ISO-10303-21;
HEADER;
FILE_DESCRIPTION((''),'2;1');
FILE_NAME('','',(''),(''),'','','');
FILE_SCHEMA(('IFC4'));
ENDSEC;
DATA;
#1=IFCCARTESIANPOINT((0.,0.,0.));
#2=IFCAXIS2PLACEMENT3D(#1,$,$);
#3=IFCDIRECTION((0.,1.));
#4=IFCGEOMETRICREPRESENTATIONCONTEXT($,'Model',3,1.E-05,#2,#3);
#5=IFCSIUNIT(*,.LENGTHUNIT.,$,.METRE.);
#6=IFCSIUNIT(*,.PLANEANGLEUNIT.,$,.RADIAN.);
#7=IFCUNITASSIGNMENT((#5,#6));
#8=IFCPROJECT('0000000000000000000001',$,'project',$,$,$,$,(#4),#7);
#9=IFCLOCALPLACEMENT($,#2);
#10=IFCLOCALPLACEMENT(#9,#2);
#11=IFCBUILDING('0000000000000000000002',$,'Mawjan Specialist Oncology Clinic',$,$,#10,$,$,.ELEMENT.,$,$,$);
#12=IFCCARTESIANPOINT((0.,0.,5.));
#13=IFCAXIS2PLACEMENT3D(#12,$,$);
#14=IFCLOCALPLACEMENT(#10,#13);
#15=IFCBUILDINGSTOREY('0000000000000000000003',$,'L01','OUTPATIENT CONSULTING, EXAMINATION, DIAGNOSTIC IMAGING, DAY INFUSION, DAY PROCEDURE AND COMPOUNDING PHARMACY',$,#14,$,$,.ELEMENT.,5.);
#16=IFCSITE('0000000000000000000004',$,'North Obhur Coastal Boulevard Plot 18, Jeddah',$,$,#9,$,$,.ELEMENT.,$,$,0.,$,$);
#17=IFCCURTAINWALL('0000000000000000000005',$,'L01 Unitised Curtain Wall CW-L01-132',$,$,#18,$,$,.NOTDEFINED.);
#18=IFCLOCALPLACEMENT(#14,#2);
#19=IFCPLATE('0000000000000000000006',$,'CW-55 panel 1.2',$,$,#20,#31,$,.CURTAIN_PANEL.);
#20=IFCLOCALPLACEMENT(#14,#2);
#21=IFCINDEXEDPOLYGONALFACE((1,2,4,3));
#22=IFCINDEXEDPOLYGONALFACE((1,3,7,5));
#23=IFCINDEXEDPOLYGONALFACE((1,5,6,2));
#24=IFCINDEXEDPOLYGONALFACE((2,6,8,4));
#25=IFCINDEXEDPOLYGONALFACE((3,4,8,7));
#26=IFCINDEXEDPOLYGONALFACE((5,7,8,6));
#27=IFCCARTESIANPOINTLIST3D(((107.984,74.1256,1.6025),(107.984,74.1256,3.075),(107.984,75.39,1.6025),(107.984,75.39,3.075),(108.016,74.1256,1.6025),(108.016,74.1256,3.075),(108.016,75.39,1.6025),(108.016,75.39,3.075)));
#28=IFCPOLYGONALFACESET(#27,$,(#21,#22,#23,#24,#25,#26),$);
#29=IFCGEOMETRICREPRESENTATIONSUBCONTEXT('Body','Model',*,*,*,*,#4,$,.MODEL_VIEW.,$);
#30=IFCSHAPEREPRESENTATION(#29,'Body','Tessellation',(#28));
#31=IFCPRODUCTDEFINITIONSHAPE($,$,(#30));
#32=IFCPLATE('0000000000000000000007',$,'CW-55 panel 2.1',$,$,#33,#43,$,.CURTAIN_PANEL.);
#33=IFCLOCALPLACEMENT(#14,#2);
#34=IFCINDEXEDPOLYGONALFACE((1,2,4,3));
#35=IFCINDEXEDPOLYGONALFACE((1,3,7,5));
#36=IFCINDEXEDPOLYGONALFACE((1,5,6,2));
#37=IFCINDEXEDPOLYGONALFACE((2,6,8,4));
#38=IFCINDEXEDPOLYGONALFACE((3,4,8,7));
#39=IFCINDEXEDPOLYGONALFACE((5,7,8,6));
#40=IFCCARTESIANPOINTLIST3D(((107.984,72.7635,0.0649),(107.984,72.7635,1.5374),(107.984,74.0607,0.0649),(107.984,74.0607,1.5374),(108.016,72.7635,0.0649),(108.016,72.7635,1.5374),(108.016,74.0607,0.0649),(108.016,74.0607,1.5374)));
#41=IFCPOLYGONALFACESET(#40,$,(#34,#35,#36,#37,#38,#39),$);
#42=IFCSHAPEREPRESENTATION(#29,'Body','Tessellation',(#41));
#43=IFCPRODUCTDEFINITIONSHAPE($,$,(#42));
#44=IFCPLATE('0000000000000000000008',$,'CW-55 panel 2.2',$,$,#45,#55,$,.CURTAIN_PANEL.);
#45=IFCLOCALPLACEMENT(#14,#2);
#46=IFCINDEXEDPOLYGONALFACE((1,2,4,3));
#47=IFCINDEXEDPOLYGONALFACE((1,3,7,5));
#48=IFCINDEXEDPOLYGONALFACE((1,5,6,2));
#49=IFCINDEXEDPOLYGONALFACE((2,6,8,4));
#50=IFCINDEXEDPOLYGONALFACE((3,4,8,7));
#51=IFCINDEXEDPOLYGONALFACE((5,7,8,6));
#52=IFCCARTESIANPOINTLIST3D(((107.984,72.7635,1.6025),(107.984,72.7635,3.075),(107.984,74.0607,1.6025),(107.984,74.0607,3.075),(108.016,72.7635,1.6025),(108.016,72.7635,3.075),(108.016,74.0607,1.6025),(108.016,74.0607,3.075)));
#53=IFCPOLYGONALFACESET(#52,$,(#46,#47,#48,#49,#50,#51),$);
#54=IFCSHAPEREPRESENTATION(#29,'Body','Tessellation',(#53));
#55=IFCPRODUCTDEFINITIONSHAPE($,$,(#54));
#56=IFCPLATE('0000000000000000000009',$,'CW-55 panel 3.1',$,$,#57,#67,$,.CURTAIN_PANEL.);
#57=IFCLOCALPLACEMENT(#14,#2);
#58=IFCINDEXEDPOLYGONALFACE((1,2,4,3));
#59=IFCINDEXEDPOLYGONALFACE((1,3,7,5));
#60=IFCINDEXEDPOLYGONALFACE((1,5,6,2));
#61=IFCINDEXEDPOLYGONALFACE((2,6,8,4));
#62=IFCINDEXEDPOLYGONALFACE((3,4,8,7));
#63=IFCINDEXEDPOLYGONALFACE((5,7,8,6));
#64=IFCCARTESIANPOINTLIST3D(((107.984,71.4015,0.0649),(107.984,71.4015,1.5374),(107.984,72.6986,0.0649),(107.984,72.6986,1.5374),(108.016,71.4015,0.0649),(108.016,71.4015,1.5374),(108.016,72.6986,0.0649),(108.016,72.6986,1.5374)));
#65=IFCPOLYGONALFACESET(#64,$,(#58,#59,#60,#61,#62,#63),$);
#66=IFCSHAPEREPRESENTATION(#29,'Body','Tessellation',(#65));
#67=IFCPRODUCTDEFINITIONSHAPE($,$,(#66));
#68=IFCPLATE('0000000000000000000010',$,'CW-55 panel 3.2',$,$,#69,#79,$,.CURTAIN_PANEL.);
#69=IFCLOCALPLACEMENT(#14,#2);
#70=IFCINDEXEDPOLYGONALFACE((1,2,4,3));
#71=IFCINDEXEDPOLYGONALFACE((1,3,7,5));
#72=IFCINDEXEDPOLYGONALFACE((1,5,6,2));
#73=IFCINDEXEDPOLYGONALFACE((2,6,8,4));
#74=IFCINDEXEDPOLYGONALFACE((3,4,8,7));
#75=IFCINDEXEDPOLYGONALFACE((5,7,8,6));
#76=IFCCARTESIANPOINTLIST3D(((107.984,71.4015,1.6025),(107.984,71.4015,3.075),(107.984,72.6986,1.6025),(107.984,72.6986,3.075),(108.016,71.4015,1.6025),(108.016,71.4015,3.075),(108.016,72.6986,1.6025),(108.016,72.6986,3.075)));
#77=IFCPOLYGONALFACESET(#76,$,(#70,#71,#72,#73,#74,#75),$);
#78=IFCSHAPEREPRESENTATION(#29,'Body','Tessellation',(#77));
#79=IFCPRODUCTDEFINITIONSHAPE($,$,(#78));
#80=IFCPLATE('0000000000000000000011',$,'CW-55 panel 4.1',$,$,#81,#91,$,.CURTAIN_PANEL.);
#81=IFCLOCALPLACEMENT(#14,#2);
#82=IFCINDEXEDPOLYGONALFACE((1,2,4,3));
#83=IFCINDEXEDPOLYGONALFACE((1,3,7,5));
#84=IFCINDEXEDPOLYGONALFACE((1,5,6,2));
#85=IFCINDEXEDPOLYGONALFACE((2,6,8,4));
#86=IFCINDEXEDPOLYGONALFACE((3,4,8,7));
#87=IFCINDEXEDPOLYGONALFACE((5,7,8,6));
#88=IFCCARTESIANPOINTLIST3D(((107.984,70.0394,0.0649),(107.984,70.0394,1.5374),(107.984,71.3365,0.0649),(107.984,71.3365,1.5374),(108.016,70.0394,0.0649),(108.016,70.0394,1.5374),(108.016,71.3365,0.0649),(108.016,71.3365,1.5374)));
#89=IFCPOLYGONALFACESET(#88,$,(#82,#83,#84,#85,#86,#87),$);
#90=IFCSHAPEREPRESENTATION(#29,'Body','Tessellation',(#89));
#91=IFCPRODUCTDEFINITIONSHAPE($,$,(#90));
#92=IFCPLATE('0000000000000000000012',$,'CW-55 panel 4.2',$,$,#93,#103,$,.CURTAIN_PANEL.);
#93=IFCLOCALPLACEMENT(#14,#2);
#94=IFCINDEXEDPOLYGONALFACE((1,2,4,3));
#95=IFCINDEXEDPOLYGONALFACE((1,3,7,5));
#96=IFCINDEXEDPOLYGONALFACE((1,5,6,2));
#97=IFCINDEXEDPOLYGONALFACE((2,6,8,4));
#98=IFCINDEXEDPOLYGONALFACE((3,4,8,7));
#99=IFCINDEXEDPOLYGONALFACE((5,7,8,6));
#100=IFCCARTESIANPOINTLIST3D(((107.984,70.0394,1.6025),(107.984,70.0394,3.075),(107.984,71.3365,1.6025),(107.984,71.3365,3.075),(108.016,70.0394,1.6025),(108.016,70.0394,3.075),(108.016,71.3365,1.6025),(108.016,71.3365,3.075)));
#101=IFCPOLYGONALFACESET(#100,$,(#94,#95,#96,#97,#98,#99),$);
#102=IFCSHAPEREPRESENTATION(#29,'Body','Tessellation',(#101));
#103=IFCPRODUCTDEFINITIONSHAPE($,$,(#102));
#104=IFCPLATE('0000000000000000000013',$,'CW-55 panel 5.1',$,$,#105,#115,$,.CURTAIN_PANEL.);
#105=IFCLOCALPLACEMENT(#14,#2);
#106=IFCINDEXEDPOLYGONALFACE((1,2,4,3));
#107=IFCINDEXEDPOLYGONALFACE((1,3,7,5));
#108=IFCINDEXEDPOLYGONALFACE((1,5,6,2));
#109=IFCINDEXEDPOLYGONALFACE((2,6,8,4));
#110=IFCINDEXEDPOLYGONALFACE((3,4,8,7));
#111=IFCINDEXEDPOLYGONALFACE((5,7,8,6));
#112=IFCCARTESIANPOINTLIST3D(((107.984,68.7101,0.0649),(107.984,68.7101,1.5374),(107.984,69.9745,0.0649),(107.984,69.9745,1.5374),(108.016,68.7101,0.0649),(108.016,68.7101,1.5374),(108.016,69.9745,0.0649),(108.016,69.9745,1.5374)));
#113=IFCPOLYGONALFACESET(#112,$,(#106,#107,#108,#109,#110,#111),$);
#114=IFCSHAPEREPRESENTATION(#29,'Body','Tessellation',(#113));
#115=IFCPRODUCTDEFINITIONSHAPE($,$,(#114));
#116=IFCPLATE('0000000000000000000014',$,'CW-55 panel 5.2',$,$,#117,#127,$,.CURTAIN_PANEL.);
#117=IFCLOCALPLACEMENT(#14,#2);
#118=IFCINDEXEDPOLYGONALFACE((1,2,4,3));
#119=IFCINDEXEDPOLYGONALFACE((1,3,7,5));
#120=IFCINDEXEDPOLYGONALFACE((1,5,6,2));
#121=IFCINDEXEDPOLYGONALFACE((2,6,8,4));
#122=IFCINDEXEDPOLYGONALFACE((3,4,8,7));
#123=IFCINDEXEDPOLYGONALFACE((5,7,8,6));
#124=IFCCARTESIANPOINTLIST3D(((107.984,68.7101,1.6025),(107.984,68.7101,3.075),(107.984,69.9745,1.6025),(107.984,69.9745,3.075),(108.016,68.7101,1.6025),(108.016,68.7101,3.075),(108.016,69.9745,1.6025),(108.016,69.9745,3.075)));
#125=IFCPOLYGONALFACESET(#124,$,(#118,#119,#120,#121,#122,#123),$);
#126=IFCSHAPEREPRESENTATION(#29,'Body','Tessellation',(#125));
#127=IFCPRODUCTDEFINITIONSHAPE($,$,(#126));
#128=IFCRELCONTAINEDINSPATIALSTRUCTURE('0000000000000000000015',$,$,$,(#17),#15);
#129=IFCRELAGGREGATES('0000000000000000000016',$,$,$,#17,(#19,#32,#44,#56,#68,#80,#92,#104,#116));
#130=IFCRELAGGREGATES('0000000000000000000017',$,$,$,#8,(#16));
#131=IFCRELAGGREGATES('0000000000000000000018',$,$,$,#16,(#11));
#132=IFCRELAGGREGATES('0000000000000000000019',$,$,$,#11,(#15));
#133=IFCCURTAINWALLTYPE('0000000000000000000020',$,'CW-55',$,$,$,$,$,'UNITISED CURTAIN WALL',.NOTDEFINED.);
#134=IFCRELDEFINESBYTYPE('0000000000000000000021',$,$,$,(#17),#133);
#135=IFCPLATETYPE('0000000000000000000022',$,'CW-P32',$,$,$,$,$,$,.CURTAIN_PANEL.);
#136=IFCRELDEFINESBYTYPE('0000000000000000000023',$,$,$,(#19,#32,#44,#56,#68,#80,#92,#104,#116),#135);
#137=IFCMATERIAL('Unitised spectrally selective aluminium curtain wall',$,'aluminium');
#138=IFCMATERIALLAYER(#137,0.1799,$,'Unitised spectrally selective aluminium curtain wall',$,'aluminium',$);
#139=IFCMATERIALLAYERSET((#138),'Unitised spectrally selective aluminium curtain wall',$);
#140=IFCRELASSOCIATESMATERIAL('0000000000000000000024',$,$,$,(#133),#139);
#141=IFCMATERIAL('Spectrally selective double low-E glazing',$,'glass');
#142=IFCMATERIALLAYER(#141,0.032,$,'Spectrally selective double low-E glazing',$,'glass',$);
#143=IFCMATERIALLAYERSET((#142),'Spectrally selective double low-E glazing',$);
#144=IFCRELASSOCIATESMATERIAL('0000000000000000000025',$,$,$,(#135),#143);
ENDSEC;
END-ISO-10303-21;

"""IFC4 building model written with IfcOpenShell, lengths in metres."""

from ifc_helpers import new_model, si_unit, direction, frame, origin, origin_2d, place, context, subcontext, project, spatial, rectangle, extrude, material, layer, layer_set, type_object, element, aggregate, save


model = new_model("IFC4")

# Units and contexts
model_context = context("Model", 3, precision=1e-05, world=origin(), true_north=direction((0.0, 1.0)))
body_context = subcontext(model_context, "Body", "Model", "MODEL_VIEW")
ifc_project = project(units=[si_unit("LENGTHUNIT", "METRE"), si_unit("PLANEANGLEUNIT", "RADIAN")], contexts=[model_context])

# Site, building, storey
site_placement = place(None, origin())
site = spatial("IfcSite", under=ifc_project, at=site_placement, Name="North Obhur Coastal Boulevard Plot 18, Jeddah", CompositionType="ELEMENT", RefElevation=0.0)
building_placement = place(site_placement, origin())
building = spatial("IfcBuilding", under=site, at=building_placement, Name="Mawjan Specialist Oncology Clinic", CompositionType="ELEMENT")
storey_placement = place(building_placement, frame((0.0, 0.0, 5.0)))
storey = spatial("IfcBuildingStorey", under=building, at=storey_placement, Name="L01", Description="OUTPATIENT CONSULTING, EXAMINATION, DIAGNOSTIC IMAGING, DAY INFUSION, DAY PROCEDURE AND COMPOUNDING PHARMACY", CompositionType="ELEMENT", Elevation=5.0)

# Curtain wall, plates
ifc_material_1 = material(Name="Unitised spectrally selective aluminium curtain wall", Category="aluminium")
ifc_layer_1 = layer(ifc_material_1, 0.1799, Name="Unitised spectrally selective aluminium curtain wall", Category="aluminium")
ifc_layer_set_1 = layer_set([ifc_layer_1], Name="Unitised spectrally selective aluminium curtain wall")
curtain_wall_type = type_object("IfcCurtainWallType", Name="CW-55", ElementType="UNITISED CURTAIN WALL", PredefinedType="NOTDEFINED", material=ifc_layer_set_1)
curtain_wall_placement = place(storey_placement, origin())
curtain_wall = element("IfcCurtainWall", 1, at=curtain_wall_placement, inside=storey, type_object=curtain_wall_type, Name="L01 Unitised Curtain Wall CW-L01-132", PredefinedType="NOTDEFINED")
ifc_material_2 = material(Name="Spectrally selective double low-E glazing", Category="glass")
ifc_layer_2 = layer(ifc_material_2, 0.032, Name="Spectrally selective double low-E glazing", Category="glass")
ifc_layer_set_2 = layer_set([ifc_layer_2], Name="Spectrally selective double low-E glazing")
plate_type = type_object("IfcPlateType", Name="CW-P32", PredefinedType="CURTAIN_PANEL", material=ifc_layer_set_2)
plate_1_placement = place(storey_placement, frame((108.0, 74.7578, 1.6025), z_axis=(0.0, 0.0, 1.0), x_axis=(0.0, -1.0, 0.0)))
plate_1 = element("IfcPlate", 2, at=plate_1_placement, type_object=plate_type, Name="CW-55 panel 1.2", PredefinedType="CURTAIN_PANEL", context=body_context, shape_type="SweptSolid", body=[
    extrude(rectangle(XDim=1.2644, YDim=0.032, at=origin_2d()), origin(), (0.0, 0.0, 1.0), 1.4724),
])
plate_2_placement = place(storey_placement, frame((108.0, 73.4121, 0.0649), z_axis=(0.0, 0.0, 1.0), x_axis=(0.0, -1.0, 0.0)))
plate_2 = element("IfcPlate", 3, at=plate_2_placement, type_object=plate_type, Name="CW-55 panel 2.1", PredefinedType="CURTAIN_PANEL", context=body_context, shape_type="SweptSolid", body=[
    extrude(rectangle(XDim=1.2971, YDim=0.032, at=origin_2d()), origin(), (0.0, 0.0, 1.0), 1.4724),
])
plate_3_placement = place(storey_placement, frame((108.0, 73.4121, 1.6025), z_axis=(0.0, 0.0, 1.0), x_axis=(0.0, -1.0, 0.0)))
plate_3 = element("IfcPlate", 4, at=plate_3_placement, type_object=plate_type, Name="CW-55 panel 2.2", PredefinedType="CURTAIN_PANEL", context=body_context, shape_type="SweptSolid", body=[
    extrude(rectangle(XDim=1.2971, YDim=0.032, at=origin_2d()), origin(), (0.0, 0.0, 1.0), 1.4724),
])
plate_4_placement = place(storey_placement, frame((108.0, 72.05, 0.0649), z_axis=(0.0, 0.0, 1.0), x_axis=(0.0, -1.0, 0.0)))
plate_4 = element("IfcPlate", 5, at=plate_4_placement, type_object=plate_type, Name="CW-55 panel 3.1", PredefinedType="CURTAIN_PANEL", context=body_context, shape_type="SweptSolid", body=[
    extrude(rectangle(XDim=1.2971, YDim=0.032, at=origin_2d()), origin(), (0.0, 0.0, 1.0), 1.4724),
])
plate_5_placement = place(storey_placement, frame((108.0, 72.05, 1.6025), z_axis=(0.0, 0.0, 1.0), x_axis=(0.0, -1.0, 0.0)))
plate_5 = element("IfcPlate", 6, at=plate_5_placement, type_object=plate_type, Name="CW-55 panel 3.2", PredefinedType="CURTAIN_PANEL", context=body_context, shape_type="SweptSolid", body=[
    extrude(rectangle(XDim=1.2971, YDim=0.032, at=origin_2d()), origin(), (0.0, 0.0, 1.0), 1.4724),
])
plate_6_placement = place(storey_placement, frame((108.0, 70.688, 0.0649), z_axis=(0.0, 0.0, 1.0), x_axis=(0.0, -1.0, 0.0)))
plate_6 = element("IfcPlate", 7, at=plate_6_placement, type_object=plate_type, Name="CW-55 panel 4.1", PredefinedType="CURTAIN_PANEL", context=body_context, shape_type="SweptSolid", body=[
    extrude(rectangle(XDim=1.2971, YDim=0.032, at=origin_2d()), origin(), (0.0, 0.0, 1.0), 1.4724),
])
plate_7_placement = place(storey_placement, frame((108.0, 70.688, 1.6025), z_axis=(0.0, 0.0, 1.0), x_axis=(0.0, -1.0, 0.0)))
plate_7 = element("IfcPlate", 8, at=plate_7_placement, type_object=plate_type, Name="CW-55 panel 4.2", PredefinedType="CURTAIN_PANEL", context=body_context, shape_type="SweptSolid", body=[
    extrude(rectangle(XDim=1.2971, YDim=0.032, at=origin_2d()), origin(), (0.0, 0.0, 1.0), 1.4724),
])
plate_8_placement = place(storey_placement, frame((108.0, 69.3423, 0.0649), z_axis=(0.0, 0.0, 1.0), x_axis=(0.0, -1.0, 0.0)))
plate_8 = element("IfcPlate", 9, at=plate_8_placement, type_object=plate_type, Name="CW-55 panel 5.1", PredefinedType="CURTAIN_PANEL", context=body_context, shape_type="SweptSolid", body=[
    extrude(rectangle(XDim=1.2644, YDim=0.032, at=origin_2d()), origin(), (0.0, 0.0, 1.0), 1.4724),
])
plate_9_placement = place(storey_placement, frame((108.0, 69.3423, 1.6025), z_axis=(0.0, 0.0, 1.0), x_axis=(0.0, -1.0, 0.0)))
plate_9 = element("IfcPlate", 10, at=plate_9_placement, type_object=plate_type, Name="CW-55 panel 5.2", PredefinedType="CURTAIN_PANEL", context=body_context, shape_type="SweptSolid", body=[
    extrude(rectangle(XDim=1.2644, YDim=0.032, at=origin_2d()), origin(), (0.0, 0.0, 1.0), 1.4724),
])
aggregate(curtain_wall, [plate_1, plate_2, plate_3, plate_4, plate_5, plate_6, plate_7, plate_8, plate_9])

save(model, "model.ifc")
